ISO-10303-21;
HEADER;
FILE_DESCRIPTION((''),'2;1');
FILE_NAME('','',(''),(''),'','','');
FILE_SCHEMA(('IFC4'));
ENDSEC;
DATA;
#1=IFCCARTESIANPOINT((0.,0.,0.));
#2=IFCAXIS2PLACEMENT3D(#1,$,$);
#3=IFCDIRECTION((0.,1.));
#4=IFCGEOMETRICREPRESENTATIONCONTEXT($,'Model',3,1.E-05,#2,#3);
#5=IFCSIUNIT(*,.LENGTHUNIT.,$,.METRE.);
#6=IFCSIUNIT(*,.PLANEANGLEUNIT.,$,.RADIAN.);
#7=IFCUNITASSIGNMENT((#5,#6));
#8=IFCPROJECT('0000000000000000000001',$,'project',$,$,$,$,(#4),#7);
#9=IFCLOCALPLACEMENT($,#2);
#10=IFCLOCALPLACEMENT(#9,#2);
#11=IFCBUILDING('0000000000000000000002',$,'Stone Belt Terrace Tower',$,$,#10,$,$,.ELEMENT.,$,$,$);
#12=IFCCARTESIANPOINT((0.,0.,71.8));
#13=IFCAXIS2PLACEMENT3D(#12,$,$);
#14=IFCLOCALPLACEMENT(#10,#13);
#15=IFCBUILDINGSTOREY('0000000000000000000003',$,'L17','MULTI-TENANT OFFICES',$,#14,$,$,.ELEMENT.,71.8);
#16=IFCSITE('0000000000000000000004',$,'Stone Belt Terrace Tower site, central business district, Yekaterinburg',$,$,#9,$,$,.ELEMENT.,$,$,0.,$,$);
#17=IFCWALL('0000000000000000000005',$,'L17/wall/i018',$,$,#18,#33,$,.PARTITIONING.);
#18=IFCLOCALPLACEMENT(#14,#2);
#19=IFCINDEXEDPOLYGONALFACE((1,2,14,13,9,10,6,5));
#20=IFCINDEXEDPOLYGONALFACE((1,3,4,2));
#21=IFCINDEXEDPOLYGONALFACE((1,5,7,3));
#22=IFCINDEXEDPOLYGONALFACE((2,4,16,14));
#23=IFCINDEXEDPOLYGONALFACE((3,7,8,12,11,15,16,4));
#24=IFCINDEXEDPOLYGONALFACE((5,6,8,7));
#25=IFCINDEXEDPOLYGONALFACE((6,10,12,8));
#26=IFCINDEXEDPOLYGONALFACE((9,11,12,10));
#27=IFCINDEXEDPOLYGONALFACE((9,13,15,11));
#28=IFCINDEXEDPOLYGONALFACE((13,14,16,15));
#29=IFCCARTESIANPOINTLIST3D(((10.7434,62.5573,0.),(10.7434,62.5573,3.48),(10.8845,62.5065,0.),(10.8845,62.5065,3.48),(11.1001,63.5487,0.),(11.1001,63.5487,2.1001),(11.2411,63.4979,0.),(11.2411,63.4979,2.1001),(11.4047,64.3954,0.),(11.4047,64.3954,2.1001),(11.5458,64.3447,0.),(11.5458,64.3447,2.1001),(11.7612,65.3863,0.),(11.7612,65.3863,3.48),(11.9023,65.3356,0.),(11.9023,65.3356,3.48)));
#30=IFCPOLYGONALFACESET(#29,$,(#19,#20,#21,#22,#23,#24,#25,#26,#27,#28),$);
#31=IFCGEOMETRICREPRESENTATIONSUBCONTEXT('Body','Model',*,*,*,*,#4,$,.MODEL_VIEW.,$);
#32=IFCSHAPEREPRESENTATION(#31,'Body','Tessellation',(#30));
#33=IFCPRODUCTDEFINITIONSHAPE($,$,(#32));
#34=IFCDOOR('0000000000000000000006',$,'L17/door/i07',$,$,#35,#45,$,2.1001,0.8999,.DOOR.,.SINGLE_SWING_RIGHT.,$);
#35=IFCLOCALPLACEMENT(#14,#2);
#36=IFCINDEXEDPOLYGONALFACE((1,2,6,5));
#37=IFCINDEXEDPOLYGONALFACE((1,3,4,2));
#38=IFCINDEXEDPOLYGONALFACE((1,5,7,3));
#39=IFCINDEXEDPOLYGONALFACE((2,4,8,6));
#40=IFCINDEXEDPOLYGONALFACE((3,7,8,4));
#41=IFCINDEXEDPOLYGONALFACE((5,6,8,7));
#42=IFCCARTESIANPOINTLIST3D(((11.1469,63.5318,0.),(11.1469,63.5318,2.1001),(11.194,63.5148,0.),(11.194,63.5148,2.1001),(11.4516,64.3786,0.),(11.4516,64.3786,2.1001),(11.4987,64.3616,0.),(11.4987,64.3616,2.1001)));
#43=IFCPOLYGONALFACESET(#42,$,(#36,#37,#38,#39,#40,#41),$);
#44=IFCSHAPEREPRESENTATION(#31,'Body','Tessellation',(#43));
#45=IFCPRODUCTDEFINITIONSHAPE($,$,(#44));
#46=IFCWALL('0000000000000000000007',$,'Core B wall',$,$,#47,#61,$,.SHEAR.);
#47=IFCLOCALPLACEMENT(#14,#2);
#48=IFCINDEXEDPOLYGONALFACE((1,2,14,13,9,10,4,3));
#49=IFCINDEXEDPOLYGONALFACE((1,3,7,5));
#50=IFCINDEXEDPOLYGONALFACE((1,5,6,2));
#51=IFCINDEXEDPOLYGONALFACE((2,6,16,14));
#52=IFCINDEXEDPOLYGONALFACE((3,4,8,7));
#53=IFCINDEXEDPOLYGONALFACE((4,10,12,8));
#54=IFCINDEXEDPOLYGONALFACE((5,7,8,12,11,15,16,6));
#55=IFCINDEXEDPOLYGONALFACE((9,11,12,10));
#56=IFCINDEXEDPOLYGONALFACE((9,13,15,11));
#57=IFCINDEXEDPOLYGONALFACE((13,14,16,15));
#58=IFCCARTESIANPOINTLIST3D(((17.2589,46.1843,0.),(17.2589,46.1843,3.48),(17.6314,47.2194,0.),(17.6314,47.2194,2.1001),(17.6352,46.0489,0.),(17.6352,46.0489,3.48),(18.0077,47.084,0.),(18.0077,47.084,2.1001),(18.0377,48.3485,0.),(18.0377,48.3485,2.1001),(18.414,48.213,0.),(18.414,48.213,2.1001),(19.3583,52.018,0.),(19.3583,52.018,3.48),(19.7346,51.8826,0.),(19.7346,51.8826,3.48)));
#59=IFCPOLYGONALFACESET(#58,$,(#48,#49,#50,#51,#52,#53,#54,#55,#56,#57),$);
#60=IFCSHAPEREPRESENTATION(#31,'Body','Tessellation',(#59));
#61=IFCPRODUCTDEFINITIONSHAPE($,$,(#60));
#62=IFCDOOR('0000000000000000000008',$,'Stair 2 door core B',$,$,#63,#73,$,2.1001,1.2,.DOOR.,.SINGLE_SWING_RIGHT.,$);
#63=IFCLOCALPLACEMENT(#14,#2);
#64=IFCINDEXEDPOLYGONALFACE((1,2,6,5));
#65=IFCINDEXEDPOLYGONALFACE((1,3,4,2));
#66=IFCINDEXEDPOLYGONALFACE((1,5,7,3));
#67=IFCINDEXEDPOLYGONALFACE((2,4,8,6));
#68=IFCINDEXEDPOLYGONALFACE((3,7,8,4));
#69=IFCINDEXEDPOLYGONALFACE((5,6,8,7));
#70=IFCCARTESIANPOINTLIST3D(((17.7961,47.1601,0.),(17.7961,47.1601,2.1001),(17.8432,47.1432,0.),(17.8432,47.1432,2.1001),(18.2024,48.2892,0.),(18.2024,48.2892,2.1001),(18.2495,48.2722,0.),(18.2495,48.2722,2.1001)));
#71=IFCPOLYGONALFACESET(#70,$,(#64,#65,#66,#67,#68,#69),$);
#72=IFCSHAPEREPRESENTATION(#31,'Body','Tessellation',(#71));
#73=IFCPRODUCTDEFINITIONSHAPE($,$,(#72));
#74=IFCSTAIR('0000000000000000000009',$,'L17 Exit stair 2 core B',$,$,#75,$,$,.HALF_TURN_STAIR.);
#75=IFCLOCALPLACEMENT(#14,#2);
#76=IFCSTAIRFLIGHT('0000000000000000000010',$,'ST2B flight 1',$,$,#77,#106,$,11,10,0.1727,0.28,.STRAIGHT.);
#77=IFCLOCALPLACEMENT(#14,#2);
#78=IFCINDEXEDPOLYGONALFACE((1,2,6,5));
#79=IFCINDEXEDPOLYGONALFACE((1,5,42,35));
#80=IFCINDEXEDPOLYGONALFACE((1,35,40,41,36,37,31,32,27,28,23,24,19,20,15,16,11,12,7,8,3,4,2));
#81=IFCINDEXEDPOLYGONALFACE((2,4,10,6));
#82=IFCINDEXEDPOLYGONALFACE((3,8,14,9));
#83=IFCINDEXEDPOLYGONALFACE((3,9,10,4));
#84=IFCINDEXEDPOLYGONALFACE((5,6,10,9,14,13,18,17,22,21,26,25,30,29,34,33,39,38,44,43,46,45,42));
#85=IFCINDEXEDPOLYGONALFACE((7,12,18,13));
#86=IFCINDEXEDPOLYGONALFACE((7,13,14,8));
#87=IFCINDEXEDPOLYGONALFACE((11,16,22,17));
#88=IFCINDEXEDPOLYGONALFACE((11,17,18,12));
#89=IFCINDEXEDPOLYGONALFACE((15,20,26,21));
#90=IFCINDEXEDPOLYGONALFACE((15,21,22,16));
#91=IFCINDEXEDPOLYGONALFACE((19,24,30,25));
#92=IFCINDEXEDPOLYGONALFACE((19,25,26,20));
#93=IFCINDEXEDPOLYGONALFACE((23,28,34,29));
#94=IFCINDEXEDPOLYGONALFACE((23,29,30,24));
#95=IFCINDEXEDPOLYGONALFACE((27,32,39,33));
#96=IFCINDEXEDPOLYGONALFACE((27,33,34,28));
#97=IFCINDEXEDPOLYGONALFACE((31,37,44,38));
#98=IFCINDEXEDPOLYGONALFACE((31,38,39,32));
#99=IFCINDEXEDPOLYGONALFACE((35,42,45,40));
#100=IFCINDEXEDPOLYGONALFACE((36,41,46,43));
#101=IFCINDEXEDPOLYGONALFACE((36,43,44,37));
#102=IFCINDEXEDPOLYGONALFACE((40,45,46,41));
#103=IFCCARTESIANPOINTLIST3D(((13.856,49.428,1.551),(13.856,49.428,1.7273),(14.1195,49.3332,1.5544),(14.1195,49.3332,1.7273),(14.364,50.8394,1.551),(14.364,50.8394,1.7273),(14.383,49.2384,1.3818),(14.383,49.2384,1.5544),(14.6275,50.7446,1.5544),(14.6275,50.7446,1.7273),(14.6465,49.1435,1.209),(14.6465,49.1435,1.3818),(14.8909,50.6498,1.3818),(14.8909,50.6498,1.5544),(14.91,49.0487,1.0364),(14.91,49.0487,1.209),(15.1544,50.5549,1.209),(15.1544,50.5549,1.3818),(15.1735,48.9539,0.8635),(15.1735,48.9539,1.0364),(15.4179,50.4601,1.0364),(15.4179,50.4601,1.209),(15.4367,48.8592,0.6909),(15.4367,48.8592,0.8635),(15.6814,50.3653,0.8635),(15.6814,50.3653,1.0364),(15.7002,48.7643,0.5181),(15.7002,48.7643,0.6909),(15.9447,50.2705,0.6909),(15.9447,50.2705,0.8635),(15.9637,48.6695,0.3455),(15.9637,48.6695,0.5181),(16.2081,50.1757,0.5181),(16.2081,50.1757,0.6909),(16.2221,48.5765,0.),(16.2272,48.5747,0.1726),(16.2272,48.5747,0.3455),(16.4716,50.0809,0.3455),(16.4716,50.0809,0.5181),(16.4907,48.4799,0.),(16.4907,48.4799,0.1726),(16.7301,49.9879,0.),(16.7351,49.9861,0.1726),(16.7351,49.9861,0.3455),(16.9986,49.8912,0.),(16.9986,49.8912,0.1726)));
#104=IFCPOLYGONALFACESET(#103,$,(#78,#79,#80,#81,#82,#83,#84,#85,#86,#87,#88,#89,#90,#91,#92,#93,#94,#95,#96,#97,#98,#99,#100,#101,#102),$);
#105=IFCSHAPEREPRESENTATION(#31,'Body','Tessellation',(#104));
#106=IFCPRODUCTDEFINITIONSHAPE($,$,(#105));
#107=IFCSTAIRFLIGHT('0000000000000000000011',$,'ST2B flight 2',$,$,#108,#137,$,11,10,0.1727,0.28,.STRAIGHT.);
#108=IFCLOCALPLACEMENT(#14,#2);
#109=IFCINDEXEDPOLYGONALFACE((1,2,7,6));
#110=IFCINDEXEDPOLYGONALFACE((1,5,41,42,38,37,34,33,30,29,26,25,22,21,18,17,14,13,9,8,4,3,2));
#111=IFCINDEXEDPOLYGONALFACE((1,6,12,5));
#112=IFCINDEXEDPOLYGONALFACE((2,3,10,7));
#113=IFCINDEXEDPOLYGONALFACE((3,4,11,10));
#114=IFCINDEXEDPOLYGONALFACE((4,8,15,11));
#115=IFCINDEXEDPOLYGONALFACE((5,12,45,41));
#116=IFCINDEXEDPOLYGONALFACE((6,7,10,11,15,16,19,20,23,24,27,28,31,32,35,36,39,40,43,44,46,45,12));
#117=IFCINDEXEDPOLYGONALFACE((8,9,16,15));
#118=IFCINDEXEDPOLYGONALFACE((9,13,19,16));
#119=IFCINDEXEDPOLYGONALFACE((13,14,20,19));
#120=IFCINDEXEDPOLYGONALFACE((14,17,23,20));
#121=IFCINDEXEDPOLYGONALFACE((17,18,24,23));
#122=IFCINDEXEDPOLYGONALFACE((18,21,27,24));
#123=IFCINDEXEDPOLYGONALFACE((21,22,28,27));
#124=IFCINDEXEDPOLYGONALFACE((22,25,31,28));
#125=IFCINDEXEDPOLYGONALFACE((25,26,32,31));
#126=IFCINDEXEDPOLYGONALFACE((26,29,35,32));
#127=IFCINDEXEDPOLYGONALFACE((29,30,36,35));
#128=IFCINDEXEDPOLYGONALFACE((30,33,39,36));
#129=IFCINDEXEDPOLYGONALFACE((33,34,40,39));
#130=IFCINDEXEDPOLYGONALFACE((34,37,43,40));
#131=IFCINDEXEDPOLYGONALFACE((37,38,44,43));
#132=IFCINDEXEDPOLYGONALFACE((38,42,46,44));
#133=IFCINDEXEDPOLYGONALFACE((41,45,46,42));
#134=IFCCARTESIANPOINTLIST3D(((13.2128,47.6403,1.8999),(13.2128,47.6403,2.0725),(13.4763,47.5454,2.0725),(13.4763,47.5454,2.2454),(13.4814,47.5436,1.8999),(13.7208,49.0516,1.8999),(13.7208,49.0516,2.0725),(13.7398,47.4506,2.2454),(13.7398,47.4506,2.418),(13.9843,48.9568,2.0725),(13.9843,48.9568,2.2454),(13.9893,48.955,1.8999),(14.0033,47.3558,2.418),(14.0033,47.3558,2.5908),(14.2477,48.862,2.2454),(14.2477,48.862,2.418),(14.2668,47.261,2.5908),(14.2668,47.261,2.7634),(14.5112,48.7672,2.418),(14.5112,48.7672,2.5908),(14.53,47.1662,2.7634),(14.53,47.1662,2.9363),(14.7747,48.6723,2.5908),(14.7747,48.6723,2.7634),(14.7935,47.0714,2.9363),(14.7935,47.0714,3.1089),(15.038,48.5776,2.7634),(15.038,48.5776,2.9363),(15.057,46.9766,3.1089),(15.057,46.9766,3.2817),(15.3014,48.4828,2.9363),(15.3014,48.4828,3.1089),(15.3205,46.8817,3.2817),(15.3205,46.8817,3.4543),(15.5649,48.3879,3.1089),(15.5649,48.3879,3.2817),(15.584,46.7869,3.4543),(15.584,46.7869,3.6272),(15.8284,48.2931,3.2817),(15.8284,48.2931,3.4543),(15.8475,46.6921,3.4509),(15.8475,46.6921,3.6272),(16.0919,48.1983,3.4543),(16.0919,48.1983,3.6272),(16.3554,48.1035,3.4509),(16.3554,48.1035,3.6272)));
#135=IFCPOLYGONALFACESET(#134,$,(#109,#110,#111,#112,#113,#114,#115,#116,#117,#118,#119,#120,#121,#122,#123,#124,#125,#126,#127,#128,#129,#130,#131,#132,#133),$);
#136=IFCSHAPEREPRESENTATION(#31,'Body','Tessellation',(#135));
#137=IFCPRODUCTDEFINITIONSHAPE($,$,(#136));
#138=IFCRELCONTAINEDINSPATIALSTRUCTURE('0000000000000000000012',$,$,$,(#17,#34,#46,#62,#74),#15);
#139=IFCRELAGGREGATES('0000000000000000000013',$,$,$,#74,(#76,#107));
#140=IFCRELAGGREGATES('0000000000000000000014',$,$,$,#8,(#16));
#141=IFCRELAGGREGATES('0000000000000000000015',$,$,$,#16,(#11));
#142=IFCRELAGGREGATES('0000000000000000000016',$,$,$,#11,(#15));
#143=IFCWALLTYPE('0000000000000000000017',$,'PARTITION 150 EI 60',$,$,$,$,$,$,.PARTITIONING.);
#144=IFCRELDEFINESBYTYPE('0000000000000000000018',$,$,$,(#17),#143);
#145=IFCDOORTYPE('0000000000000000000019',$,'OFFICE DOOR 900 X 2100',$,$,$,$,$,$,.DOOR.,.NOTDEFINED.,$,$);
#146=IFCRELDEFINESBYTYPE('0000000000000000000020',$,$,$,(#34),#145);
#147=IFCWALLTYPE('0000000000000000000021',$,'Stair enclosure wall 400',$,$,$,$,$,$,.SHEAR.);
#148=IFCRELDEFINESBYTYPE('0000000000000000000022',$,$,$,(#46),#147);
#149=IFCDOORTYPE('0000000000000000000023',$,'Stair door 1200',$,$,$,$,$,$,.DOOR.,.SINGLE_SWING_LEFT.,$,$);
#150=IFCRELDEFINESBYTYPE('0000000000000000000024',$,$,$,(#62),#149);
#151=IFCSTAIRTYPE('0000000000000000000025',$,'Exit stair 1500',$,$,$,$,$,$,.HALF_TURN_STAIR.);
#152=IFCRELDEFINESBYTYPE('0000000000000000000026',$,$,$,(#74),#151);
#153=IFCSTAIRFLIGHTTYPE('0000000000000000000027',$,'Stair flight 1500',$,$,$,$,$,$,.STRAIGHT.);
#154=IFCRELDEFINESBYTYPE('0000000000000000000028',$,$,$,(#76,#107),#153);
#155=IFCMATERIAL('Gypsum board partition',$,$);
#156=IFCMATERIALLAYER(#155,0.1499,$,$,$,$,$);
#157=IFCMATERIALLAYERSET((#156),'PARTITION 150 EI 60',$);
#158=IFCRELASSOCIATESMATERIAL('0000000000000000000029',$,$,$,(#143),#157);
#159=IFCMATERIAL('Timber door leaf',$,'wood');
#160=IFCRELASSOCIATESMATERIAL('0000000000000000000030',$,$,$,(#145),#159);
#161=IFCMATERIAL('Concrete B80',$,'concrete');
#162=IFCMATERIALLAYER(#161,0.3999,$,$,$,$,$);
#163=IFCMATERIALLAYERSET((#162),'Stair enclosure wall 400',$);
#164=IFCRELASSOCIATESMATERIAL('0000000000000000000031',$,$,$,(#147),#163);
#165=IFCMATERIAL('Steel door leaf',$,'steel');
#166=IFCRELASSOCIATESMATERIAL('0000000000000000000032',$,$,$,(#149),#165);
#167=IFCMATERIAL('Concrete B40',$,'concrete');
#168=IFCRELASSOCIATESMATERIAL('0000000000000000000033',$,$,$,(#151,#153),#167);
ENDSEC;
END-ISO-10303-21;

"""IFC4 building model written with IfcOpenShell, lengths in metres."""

from ifc_helpers import new_model, si_unit, direction, frame, frame_2d, origin, place, context, subcontext, project, spatial, polyline, rectangle, outline, extrude, material, layer, layer_set, type_object, element, fill, aggregate, save


model = new_model("IFC4")

# Units and contexts
model_context = context("Model", 3, precision=1e-05, world=origin(), true_north=direction((0.0, 1.0)))
body_context = subcontext(model_context, "Body", "Model", "MODEL_VIEW")
ifc_project = project(units=[si_unit("LENGTHUNIT", "METRE"), si_unit("PLANEANGLEUNIT", "RADIAN")], contexts=[model_context])

# Site, building, storey
site_placement = place(None, origin())
site = spatial("IfcSite", under=ifc_project, at=site_placement, Name="Stone Belt Terrace Tower site, central business district, Yekaterinburg", CompositionType="ELEMENT", RefElevation=0.0)
building_placement = place(site_placement, origin())
building = spatial("IfcBuilding", under=site, at=building_placement, Name="Stone Belt Terrace Tower", CompositionType="ELEMENT")
storey_placement = place(building_placement, frame((0.0, 0.0, 71.8)))
storey = spatial("IfcBuildingStorey", under=building, at=storey_placement, Name="L17", Description="MULTI-TENANT OFFICES", CompositionType="ELEMENT", Elevation=71.8)

# Shared definitions
ifc_material_1 = material(Name="Concrete B80", Category="concrete")

# Walls, openings, doors
ifc_material_2 = material(Name="Gypsum board partition")
ifc_layer_1 = layer(ifc_material_2, 0.1499)
ifc_layer_set_1 = layer_set([ifc_layer_1], Name="PARTITION 150 EI 60")
wall_type_1 = type_object("IfcWallType", Name="PARTITION 150 EI 60", PredefinedType="PARTITIONING", material=ifc_layer_set_1)
wall_1_placement = place(storey_placement, frame((11.8318, 65.3611, 0.0), z_axis=(0.0, 0.0, 1.0), x_axis=(-0.338527, -0.940957, 0.0)))
wall_1 = element("IfcWall", 1, at=wall_1_placement, inside=storey, type_object=wall_type_1, Name="L17/wall/i018", PredefinedType="PARTITIONING", context=body_context, shape_type="SweptSolid", body=[
    extrude(rectangle(XDim=3.0066, YDim=0.1499, at=frame_2d((1.5034, 0.0))), origin(), (0.0, 0.0, 1.0), 3.48),
])
opening_1_placement = place(wall_1_placement, frame((1.0532, 0.0, 0.0)))
opening_1 = element("IfcOpeningElement", 2, at=opening_1_placement, cuts=wall_1, PredefinedType="OPENING", context=body_context, shape_type="SweptSolid", body=[
    extrude(rectangle(XDim=0.8999, YDim=2.1001, at=frame_2d((0.45, 1.05))), frame((0.0, 0.085, 0.0), z_axis=(0.0, -1.0, 0.0), x_axis=(1.0, 0.0, 0.0)), (0.0, 0.0, 1.0), 0.1699),
])
ifc_material_3 = material(Name="Timber door leaf", Category="wood")
door_type_1 = type_object("IfcDoorType", Name="OFFICE DOOR 900 X 2100", OperationType="NOTDEFINED", PredefinedType="DOOR", material=ifc_material_3)
door_1_placement = place(opening_1_placement, origin())
door_1 = element("IfcDoor", 3, at=door_1_placement, inside=storey, type_object=door_type_1, Name="L17/door/i07", OperationType="SINGLE_SWING_RIGHT", OverallHeight=2.1001, OverallWidth=0.8999, PredefinedType="DOOR", context=body_context, shape_type="SweptSolid", body=[
    extrude(rectangle(XDim=0.8999, YDim=2.1001, at=frame_2d((0.45, 1.05))), frame((0.0, 0.0249, 0.0), z_axis=(0.0, -1.0, 0.0), x_axis=(1.0, 0.0, 0.0)), (0.0, 0.0, 1.0), 0.05),
])
fill(opening_1, door_1)
ifc_layer_2 = layer(ifc_material_1, 0.3999)
ifc_layer_set_2 = layer_set([ifc_layer_2], Name="Stair enclosure wall 400")
wall_type_2 = type_object("IfcWallType", Name="Stair enclosure wall 400", PredefinedType="SHEAR", material=ifc_layer_set_2)
wall_2_placement = place(storey_placement, frame((17.447, 46.1165, 0.0), z_axis=(0.0, 0.0, 1.0), x_axis=(0.338608, 0.940928, 0.0)))
wall_2 = element("IfcWall", 4, at=wall_2_placement, inside=storey, type_object=wall_type_2, Name="Core B wall", PredefinedType="SHEAR", context=body_context, shape_type="SweptSolid", body=[
    extrude(rectangle(XDim=6.2, YDim=0.3999, at=frame_2d((3.1001, 0.0))), origin(), (0.0, 0.0, 1.0), 3.48),
])
opening_2_placement = place(wall_2_placement, frame((1.1001, 0.0, 0.0)))
opening_2 = element("IfcOpeningElement", 5, at=opening_2_placement, cuts=wall_2, PredefinedType="OPENING", context=body_context, shape_type="SweptSolid", body=[
    extrude(rectangle(XDim=1.2, YDim=2.1001, at=frame_2d((0.6001, 1.05))), frame((0.0, 0.21, 0.0), z_axis=(0.0, -1.0, 0.0), x_axis=(1.0, 0.0, 0.0)), (0.0, 0.0, 1.0), 0.4199),
])
ifc_material_4 = material(Name="Steel door leaf", Category="steel")
door_type_2 = type_object("IfcDoorType", Name="Stair door 1200", OperationType="SINGLE_SWING_LEFT", PredefinedType="DOOR", material=ifc_material_4)
door_2_placement = place(opening_2_placement, origin())
door_2 = element("IfcDoor", 6, at=door_2_placement, inside=storey, type_object=door_type_2, Name="Stair 2 door core B", OperationType="SINGLE_SWING_RIGHT", OverallHeight=2.1001, OverallWidth=1.2, PredefinedType="DOOR", context=body_context, shape_type="SweptSolid", body=[
    extrude(rectangle(XDim=1.2, YDim=2.1001, at=frame_2d((0.6001, 1.05))), frame((0.0, 0.0249, 0.0), z_axis=(0.0, -1.0, 0.0), x_axis=(1.0, 0.0, 0.0)), (0.0, 0.0, 1.0), 0.05),
])
fill(opening_2, door_2)

# Stair, stair flights
ifc_material_5 = material(Name="Concrete B40", Category="concrete")
stair_type = type_object("IfcStairType", Name="Exit stair 1500", PredefinedType="HALF_TURN_STAIR", material=ifc_material_5)
stair_placement = place(storey_placement, origin())
stair = element("IfcStair", 7, at=stair_placement, inside=storey, type_object=stair_type, Name="L17 Exit stair 2 core B", PredefinedType="HALF_TURN_STAIR")
stair_flight_type = type_object("IfcStairFlightType", Name="Stair flight 1500", PredefinedType="STRAIGHT", material=ifc_material_5)
stair_flight_1_placement = place(storey_placement, frame((16.7446, 49.1855, 0.0), z_axis=(0.0, 0.0, 1.0), x_axis=(-0.940922, 0.338624, 0.0)))
stair_flight_1 = element("IfcStairFlight", 8, at=stair_flight_1_placement, type_object=stair_flight_type, Name="ST2B flight 1", NumberOfRisers=11, NumberOfTreads=10, PredefinedType="STRAIGHT", RiserHeight=0.1727, TreadLength=0.28, context=body_context, shape_type="SweptSolid", body=[
    extrude(outline(polyline([(0.0, 0.0), (0.0, 0.1726), (0.28, 0.1726), (0.28, 0.3455), (0.5601, 0.3455), (0.5601, 0.5181), (0.8401, 0.5181), (0.8401, 0.6909), (1.1201, 0.6909), (1.1201, 0.8635), (1.3999, 0.8635), (1.3999, 1.0364), (1.6799, 1.0364), (1.6799, 1.209), (1.96, 1.209), (1.96, 1.3818), (2.24, 1.3818), (2.24, 1.5544), (2.52, 1.5544), (2.52, 1.7273), (2.8, 1.7273), (2.8, 1.8999), (2.8, 1.551), (0.2854, 0.0), (0.0, 0.0)])), frame((0.0, 0.75, 0.0), z_axis=(0.0, -1.0, 0.0), x_axis=(1.0, 0.0, 0.0)), (0.0, 0.0, 1.0), 1.5),
])
stair_flight_2_placement = place(storey_placement, frame((13.4668, 48.3459, 1.8999), z_axis=(0.0, 0.0, 1.0), x_axis=(0.940922, -0.338624, 0.0)))
stair_flight_2 = element("IfcStairFlight", 9, at=stair_flight_2_placement, type_object=stair_flight_type, Name="ST2B flight 2", NumberOfRisers=11, NumberOfTreads=10, PredefinedType="STRAIGHT", RiserHeight=0.1727, TreadLength=0.28, context=body_context, shape_type="SweptSolid", body=[
    extrude(outline(polyline([(0.0, 0.0), (0.0, 0.1726), (0.28, 0.1726), (0.28, 0.3455), (0.5601, 0.3455), (0.5601, 0.5181), (0.8401, 0.5181), (0.8401, 0.6909), (1.1201, 0.6909), (1.1201, 0.8635), (1.3999, 0.8635), (1.3999, 1.0364), (1.6799, 1.0364), (1.6799, 1.209), (1.96, 1.209), (1.96, 1.3818), (2.24, 1.3818), (2.24, 1.5544), (2.52, 1.5544), (2.52, 1.7273), (2.8, 1.7273), (2.8, 1.8999), (2.8, 1.551), (0.2854, 0.0), (0.0, 0.0)])), frame((0.0, 0.75, 0.0), z_axis=(0.0, -1.0, 0.0), x_axis=(1.0, 0.0, 0.0)), (0.0, 0.0, 1.0), 1.5),
])
aggregate(stair, [stair_flight_1, stair_flight_2])

save(model, "model.ifc")
